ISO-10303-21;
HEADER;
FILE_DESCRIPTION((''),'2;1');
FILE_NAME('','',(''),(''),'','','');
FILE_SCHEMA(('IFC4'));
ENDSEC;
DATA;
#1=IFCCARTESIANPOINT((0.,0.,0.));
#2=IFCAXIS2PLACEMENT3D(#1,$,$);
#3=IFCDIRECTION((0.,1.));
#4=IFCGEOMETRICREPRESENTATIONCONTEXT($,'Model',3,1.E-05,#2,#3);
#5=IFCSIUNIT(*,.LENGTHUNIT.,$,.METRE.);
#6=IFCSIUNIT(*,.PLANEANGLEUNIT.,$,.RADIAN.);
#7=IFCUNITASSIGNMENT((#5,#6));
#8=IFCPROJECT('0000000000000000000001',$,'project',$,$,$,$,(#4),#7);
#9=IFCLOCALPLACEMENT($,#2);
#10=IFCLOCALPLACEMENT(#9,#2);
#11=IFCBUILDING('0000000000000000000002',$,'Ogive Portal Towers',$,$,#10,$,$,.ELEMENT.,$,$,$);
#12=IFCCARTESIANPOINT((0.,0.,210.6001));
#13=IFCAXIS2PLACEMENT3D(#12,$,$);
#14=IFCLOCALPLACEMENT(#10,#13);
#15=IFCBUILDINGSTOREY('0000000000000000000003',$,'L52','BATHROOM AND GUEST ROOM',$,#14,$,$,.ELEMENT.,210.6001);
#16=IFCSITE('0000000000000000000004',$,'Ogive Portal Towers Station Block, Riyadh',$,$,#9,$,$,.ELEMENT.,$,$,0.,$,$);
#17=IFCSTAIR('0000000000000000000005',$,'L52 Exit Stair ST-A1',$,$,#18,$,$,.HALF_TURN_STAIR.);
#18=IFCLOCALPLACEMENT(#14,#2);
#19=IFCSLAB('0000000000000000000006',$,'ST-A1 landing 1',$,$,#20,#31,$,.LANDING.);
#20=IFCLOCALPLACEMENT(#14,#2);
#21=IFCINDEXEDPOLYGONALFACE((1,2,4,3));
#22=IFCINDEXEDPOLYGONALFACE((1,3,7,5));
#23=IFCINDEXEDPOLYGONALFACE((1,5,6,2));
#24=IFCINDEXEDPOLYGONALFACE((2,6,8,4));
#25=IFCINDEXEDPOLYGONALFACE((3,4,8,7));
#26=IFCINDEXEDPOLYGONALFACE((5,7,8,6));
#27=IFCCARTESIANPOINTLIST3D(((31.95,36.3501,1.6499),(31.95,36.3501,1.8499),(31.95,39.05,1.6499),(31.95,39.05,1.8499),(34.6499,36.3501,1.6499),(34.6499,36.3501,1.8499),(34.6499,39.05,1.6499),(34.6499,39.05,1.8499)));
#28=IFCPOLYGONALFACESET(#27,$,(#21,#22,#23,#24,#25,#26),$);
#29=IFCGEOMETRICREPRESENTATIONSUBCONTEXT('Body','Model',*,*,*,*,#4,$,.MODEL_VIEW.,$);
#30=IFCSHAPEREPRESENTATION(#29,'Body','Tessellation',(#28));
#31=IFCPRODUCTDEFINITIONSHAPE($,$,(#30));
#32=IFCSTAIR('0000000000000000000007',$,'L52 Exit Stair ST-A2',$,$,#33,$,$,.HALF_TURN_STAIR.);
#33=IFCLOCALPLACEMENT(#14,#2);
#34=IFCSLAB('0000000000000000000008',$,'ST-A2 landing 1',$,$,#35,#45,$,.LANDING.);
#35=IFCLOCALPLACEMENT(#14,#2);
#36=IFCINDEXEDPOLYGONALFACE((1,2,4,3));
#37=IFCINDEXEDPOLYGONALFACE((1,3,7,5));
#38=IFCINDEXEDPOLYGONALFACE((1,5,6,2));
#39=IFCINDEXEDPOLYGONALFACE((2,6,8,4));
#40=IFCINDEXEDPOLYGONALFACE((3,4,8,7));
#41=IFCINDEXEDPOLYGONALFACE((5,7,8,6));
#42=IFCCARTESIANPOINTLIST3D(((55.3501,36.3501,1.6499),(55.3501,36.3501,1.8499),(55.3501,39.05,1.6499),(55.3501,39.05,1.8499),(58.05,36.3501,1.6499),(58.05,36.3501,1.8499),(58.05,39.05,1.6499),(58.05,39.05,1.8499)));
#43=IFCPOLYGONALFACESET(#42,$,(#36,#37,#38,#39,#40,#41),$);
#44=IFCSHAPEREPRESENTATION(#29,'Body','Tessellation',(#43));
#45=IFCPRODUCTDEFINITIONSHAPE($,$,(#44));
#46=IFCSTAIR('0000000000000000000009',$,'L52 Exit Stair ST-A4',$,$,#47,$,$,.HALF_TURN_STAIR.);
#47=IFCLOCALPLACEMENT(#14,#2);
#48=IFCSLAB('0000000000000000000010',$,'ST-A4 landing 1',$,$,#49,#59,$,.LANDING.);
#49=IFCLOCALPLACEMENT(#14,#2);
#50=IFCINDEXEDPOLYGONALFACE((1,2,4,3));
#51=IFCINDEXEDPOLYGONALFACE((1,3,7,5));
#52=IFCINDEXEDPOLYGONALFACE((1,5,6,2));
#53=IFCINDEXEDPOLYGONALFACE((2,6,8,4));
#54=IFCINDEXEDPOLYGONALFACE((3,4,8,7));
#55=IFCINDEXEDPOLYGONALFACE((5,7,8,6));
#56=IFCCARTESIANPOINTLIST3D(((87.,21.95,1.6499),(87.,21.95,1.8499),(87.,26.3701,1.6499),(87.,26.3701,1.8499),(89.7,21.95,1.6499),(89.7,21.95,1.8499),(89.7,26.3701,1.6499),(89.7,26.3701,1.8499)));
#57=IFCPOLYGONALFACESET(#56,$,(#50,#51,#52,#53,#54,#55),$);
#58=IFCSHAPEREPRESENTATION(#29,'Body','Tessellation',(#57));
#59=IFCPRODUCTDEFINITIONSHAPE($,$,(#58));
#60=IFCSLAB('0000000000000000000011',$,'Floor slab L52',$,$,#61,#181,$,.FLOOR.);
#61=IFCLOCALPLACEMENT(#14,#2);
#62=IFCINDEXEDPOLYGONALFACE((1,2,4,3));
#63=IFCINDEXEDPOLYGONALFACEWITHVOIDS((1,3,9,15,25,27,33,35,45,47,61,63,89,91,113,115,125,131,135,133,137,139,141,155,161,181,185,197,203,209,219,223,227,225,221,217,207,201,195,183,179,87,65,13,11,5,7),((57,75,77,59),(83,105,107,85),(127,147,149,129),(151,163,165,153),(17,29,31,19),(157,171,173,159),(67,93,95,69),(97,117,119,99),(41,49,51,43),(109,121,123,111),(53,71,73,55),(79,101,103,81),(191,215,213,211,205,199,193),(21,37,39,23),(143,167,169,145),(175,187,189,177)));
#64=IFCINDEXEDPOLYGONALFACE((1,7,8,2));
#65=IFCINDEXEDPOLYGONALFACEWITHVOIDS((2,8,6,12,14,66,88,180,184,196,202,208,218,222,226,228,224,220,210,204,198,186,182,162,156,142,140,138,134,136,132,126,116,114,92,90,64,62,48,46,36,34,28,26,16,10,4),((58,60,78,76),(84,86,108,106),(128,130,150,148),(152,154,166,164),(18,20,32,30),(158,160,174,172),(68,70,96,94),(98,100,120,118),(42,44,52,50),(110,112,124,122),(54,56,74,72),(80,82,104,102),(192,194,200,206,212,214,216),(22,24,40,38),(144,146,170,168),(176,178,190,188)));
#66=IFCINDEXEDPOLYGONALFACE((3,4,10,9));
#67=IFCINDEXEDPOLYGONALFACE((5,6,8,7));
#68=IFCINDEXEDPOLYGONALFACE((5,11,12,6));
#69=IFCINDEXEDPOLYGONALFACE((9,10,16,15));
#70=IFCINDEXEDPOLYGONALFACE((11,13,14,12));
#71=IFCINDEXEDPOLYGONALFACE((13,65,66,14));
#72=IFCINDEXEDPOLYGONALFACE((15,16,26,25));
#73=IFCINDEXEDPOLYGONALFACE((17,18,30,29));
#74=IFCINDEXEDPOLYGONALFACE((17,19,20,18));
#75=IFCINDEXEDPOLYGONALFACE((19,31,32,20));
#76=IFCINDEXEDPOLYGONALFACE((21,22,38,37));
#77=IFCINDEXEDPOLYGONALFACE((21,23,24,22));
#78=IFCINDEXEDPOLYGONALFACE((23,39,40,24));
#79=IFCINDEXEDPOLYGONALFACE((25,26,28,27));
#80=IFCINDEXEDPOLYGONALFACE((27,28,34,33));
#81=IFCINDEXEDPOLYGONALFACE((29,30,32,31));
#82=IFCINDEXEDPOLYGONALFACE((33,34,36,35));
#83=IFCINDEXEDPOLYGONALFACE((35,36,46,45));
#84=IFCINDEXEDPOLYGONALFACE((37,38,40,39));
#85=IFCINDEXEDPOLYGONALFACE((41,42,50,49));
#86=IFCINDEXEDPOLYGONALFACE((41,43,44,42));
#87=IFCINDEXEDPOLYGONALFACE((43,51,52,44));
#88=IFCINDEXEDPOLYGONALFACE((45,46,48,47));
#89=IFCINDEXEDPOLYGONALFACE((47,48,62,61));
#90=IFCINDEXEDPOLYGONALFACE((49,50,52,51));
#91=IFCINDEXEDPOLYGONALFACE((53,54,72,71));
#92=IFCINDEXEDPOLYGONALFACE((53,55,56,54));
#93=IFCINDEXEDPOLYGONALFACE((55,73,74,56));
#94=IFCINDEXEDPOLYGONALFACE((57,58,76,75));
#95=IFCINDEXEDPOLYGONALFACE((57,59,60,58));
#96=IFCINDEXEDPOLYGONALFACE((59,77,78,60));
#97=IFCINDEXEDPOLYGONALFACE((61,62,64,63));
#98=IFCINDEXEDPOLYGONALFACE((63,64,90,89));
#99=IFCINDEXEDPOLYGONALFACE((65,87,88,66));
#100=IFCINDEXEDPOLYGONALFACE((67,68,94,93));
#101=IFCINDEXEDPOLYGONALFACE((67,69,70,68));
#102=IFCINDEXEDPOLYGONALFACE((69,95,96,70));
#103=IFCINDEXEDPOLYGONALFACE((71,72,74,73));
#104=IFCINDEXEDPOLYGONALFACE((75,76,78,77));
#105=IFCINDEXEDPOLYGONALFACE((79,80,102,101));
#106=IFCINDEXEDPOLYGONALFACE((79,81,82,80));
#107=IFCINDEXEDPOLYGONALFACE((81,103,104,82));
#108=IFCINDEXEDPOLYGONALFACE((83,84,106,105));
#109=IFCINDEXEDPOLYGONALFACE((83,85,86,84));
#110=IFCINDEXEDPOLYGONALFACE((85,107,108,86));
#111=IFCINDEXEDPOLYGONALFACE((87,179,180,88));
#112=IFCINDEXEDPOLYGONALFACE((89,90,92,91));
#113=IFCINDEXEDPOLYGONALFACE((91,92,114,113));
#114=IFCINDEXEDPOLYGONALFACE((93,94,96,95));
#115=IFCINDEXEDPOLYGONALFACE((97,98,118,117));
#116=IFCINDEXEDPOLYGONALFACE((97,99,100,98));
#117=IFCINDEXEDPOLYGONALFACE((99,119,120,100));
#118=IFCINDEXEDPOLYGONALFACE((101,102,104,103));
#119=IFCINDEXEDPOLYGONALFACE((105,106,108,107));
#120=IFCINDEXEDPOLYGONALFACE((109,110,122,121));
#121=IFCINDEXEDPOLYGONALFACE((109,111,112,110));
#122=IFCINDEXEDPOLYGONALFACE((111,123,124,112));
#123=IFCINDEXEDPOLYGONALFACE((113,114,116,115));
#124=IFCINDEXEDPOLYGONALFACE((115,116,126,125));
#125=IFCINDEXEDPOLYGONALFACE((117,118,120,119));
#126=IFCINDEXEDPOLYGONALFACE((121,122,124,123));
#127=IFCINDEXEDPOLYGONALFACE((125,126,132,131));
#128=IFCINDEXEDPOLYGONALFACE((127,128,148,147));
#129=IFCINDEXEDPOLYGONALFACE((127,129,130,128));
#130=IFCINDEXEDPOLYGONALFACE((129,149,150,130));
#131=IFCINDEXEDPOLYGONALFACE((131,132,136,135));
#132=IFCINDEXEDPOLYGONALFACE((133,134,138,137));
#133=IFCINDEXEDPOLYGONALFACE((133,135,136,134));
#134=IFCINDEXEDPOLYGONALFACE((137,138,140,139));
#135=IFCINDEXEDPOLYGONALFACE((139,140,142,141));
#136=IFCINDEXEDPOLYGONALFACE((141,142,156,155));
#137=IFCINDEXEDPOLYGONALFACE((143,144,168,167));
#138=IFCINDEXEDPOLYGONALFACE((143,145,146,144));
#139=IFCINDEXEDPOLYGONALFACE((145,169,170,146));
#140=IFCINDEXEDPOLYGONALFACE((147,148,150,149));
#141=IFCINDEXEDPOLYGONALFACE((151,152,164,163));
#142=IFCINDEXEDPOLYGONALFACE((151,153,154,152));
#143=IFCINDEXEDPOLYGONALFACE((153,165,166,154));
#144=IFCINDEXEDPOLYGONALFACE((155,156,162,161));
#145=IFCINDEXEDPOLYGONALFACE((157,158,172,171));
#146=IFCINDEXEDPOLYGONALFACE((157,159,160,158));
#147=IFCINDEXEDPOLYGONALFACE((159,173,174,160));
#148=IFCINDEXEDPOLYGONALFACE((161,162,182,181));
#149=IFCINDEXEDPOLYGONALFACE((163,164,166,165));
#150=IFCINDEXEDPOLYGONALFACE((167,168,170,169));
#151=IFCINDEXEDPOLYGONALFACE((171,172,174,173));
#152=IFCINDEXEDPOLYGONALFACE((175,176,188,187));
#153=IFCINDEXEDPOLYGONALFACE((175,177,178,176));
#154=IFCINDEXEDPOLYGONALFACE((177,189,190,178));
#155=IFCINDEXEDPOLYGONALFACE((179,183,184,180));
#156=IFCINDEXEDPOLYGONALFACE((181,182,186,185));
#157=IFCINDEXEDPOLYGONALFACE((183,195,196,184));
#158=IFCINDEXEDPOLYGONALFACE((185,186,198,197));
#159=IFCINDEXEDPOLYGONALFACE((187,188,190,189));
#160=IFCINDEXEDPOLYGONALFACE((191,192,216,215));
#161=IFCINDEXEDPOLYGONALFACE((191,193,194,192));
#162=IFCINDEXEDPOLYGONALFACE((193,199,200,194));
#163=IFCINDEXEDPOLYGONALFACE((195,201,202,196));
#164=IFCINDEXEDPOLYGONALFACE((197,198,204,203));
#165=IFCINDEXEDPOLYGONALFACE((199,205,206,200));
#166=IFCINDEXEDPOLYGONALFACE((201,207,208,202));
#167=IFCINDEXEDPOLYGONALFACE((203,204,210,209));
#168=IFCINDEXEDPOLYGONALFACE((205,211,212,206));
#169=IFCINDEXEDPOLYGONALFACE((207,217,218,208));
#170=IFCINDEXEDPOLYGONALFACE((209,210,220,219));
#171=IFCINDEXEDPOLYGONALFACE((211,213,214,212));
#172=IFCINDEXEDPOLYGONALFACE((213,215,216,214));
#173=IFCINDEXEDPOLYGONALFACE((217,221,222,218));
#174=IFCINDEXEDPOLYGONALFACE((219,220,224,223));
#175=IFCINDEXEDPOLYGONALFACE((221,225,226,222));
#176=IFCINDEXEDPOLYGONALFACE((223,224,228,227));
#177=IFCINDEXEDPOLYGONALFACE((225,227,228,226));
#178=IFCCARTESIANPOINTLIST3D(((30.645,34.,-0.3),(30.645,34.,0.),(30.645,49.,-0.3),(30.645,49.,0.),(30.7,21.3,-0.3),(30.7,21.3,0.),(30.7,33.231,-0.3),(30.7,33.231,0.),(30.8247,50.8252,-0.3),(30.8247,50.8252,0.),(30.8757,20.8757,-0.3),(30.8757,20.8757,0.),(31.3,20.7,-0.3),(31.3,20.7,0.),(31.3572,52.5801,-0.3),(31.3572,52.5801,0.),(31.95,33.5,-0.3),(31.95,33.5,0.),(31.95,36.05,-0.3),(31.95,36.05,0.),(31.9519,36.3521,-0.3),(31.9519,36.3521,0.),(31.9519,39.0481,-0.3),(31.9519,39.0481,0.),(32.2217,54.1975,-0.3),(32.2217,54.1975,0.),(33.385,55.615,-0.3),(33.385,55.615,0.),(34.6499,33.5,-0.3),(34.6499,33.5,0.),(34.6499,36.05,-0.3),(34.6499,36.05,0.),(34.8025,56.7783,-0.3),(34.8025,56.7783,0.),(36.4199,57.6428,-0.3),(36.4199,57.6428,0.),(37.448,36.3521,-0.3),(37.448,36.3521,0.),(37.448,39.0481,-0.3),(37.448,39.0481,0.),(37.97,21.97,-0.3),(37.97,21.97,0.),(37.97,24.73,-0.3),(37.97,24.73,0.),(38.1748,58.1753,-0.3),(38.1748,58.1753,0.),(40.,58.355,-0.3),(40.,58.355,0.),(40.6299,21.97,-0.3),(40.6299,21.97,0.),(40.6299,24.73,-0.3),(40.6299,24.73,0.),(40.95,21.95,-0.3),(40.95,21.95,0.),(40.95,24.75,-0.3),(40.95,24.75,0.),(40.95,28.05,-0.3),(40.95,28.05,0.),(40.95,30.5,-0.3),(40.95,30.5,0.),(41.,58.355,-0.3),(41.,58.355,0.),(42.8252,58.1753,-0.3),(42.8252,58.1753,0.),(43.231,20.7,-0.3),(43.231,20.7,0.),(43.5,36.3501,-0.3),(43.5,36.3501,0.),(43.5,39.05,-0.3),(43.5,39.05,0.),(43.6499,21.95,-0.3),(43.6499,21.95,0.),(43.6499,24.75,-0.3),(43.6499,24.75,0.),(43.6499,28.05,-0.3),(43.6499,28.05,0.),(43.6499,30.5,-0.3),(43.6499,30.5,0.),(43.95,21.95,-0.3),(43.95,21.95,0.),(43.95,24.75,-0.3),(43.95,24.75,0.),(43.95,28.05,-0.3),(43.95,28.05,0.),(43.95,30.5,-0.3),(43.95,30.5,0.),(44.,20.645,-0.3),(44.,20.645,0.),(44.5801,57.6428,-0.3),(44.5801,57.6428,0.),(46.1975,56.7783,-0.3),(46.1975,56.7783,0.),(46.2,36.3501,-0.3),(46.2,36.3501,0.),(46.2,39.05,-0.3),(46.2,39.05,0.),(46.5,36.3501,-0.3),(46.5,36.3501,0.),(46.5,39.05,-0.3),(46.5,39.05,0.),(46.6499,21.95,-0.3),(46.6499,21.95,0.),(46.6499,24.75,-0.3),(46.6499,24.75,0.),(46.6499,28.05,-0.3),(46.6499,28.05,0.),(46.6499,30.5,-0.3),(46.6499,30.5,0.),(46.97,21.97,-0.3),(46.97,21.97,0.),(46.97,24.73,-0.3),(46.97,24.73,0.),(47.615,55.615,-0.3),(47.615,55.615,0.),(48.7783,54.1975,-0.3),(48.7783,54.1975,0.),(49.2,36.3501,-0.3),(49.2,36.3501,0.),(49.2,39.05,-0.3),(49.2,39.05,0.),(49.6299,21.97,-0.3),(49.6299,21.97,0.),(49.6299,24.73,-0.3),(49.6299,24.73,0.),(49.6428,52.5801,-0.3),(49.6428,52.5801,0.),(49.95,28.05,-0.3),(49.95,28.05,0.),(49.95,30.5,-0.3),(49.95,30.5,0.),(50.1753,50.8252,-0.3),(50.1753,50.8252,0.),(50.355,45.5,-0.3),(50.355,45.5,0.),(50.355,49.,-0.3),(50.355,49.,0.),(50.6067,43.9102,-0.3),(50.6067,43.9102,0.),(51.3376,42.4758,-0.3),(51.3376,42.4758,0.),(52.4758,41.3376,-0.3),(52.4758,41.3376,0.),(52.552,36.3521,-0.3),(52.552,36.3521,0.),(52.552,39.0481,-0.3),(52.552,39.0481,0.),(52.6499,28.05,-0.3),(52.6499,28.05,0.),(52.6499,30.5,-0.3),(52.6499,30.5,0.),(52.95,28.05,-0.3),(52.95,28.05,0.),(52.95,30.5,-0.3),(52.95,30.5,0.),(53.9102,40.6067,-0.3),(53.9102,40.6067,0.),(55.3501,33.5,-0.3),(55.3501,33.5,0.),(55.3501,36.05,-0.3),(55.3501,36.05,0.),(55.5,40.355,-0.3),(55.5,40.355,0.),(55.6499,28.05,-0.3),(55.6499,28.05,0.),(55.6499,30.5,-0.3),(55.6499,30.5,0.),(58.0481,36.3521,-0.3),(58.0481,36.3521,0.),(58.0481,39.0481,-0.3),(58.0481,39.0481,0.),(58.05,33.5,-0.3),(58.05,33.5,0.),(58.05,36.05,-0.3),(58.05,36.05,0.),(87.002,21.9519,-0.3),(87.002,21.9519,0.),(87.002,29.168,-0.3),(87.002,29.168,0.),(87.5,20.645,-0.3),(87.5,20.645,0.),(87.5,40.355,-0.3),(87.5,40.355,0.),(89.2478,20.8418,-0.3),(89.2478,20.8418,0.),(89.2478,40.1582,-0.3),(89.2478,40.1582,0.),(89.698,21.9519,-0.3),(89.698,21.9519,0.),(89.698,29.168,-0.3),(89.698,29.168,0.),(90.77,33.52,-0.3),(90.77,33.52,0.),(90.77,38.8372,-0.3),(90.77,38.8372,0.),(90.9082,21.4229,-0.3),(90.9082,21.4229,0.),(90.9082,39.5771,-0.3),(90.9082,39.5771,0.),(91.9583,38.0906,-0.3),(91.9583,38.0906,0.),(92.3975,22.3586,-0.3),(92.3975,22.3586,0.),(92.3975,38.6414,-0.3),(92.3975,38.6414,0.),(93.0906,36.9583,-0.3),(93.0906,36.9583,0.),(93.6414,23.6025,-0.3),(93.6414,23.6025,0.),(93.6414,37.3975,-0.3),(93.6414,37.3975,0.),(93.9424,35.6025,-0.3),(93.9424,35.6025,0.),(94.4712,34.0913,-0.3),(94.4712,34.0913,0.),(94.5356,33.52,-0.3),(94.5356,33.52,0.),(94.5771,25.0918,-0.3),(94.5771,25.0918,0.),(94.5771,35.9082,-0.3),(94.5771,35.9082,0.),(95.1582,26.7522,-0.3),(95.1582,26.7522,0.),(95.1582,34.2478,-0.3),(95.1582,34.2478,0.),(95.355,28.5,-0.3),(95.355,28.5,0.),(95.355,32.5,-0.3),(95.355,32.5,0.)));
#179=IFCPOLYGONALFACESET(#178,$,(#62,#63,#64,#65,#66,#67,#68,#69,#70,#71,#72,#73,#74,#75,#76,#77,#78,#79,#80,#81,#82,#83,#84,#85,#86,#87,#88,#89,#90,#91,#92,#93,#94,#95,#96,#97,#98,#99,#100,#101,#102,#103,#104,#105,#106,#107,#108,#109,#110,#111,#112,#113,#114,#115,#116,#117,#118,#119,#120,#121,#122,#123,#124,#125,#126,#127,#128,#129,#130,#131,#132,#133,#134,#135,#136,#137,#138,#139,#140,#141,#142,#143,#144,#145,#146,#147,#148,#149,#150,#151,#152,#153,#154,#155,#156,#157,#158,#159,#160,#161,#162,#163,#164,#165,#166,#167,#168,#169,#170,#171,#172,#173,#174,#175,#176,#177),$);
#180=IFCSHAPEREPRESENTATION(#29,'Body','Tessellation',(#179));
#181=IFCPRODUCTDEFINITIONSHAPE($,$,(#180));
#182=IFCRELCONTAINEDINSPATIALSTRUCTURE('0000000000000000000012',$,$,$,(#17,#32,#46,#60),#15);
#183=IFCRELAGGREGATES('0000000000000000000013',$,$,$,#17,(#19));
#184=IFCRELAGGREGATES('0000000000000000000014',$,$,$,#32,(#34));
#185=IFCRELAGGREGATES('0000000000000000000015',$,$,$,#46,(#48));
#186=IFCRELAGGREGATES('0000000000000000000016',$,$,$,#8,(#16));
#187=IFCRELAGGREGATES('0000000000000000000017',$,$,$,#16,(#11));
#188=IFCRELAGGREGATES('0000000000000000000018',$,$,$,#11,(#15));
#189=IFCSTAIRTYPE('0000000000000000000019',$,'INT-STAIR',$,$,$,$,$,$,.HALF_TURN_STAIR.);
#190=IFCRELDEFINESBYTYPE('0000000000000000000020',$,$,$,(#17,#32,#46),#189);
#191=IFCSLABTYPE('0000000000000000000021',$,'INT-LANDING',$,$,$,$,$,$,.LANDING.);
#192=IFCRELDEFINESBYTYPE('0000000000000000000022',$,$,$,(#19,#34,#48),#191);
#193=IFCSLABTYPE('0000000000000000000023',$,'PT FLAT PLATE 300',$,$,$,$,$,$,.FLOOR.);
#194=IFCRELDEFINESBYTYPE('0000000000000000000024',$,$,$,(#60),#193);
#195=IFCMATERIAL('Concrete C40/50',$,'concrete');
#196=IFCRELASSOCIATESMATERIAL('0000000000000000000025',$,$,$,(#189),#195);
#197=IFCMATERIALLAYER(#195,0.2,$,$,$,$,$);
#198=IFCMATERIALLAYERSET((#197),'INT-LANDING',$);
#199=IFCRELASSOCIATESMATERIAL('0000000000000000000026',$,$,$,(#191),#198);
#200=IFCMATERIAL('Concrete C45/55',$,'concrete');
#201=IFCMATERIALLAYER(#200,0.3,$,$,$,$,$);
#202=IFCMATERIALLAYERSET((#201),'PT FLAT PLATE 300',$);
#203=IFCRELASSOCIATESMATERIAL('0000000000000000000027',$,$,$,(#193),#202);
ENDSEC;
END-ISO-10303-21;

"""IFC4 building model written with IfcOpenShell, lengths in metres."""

from ifc_helpers import new_model, si_unit, direction, frame, origin, place, context, subcontext, project, spatial, polyline, outline, extrude, material, layer, layer_set, type_object, element, aggregate, save


model = new_model("IFC4")

# Units and contexts
model_context = context("Model", 3, precision=1e-05, world=origin(), true_north=direction((0.0, 1.0)))
body_context = subcontext(model_context, "Body", "Model", "MODEL_VIEW")
ifc_project = project(units=[si_unit("LENGTHUNIT", "METRE"), si_unit("PLANEANGLEUNIT", "RADIAN")], contexts=[model_context])

# Site, building, storey
site_placement = place(None, origin())
site = spatial("IfcSite", under=ifc_project, at=site_placement, Name="Ogive Portal Towers Station Block, Riyadh", CompositionType="ELEMENT", RefElevation=0.0)
building_placement = place(site_placement, origin())
building = spatial("IfcBuilding", under=site, at=building_placement, Name="Ogive Portal Towers", CompositionType="ELEMENT")
storey_placement = place(building_placement, frame((0.0, 0.0, 210.6001)))
storey = spatial("IfcBuildingStorey", under=building, at=storey_placement, Name="L52", Description="BATHROOM AND GUEST ROOM", CompositionType="ELEMENT", Elevation=210.6001)

# Stairs, slabs
ifc_material_1 = material(Name="Concrete C40/50", Category="concrete")
stair_type = type_object("IfcStairType", Name="INT-STAIR", PredefinedType="HALF_TURN_STAIR", material=ifc_material_1)
stair_1_placement = place(storey_placement, origin())
stair_1 = element("IfcStair", 1, at=stair_1_placement, inside=storey, type_object=stair_type, Name="L52 Exit Stair ST-A1", PredefinedType="HALF_TURN_STAIR")
ifc_layer_1 = layer(ifc_material_1, 0.2)
ifc_layer_set_1 = layer_set([ifc_layer_1], Name="INT-LANDING")
slab_type_1 = type_object("IfcSlabType", Name="INT-LANDING", PredefinedType="LANDING", material=ifc_layer_set_1)
slab_1_placement = place(storey_placement, frame((0.0, 0.0, 1.6499)))
slab_1 = element("IfcSlab", 2, at=slab_1_placement, type_object=slab_type_1, Name="ST-A1 landing 1", PredefinedType="LANDING", context=body_context, shape_type="SweptSolid", body=[
    extrude(outline(polyline([(34.6499, 39.05), (31.95, 39.05), (31.95, 36.3501), (34.6499, 36.3501), (34.6499, 39.05)])), origin(), (0.0, 0.0, 1.0), 0.2),
])
aggregate(stair_1, [slab_1])
stair_2_placement = place(storey_placement, origin())
stair_2 = element("IfcStair", 3, at=stair_2_placement, inside=storey, type_object=stair_type, Name="L52 Exit Stair ST-A2", PredefinedType="HALF_TURN_STAIR")
slab_2_placement = place(storey_placement, frame((0.0, 0.0, 1.6499)))
slab_2 = element("IfcSlab", 4, at=slab_2_placement, type_object=slab_type_1, Name="ST-A2 landing 1", PredefinedType="LANDING", context=body_context, shape_type="SweptSolid", body=[
    extrude(outline(polyline([(55.3501, 36.3501), (58.05, 36.3501), (58.05, 39.05), (55.3501, 39.05), (55.3501, 36.3501)])), origin(), (0.0, 0.0, 1.0), 0.2),
])
aggregate(stair_2, [slab_2])
stair_3_placement = place(storey_placement, origin())
stair_3 = element("IfcStair", 5, at=stair_3_placement, inside=storey, type_object=stair_type, Name="L52 Exit Stair ST-A4", PredefinedType="HALF_TURN_STAIR")
slab_3_placement = place(storey_placement, frame((0.0, 0.0, 1.6499)))
slab_3 = element("IfcSlab", 6, at=slab_3_placement, type_object=slab_type_1, Name="ST-A4 landing 1", PredefinedType="LANDING", context=body_context, shape_type="SweptSolid", body=[
    extrude(outline(polyline([(87.0, 26.3701), (87.0, 21.95), (89.7, 21.95), (89.7, 26.3701), (87.0, 26.3701)])), origin(), (0.0, 0.0, 1.0), 0.2),
])
aggregate(stair_3, [slab_3])

# Slab
ifc_material_2 = material(Name="Concrete C45/55", Category="concrete")
ifc_layer_2 = layer(ifc_material_2, 0.3)
ifc_layer_set_2 = layer_set([ifc_layer_2], Name="PT FLAT PLATE 300")
slab_type_2 = type_object("IfcSlabType", Name="PT FLAT PLATE 300", PredefinedType="FLOOR", material=ifc_layer_set_2)
slab_4_placement = place(storey_placement, frame((0.0, 0.0, -0.3)))
element("IfcSlab", 7, at=slab_4_placement, inside=storey, type_object=slab_type_2, Name="Floor slab L52", PredefinedType="FLOOR", context=body_context, shape_type="SweptSolid", body=[
    extrude(outline(polyline([(30.645, 49.0), (30.645, 34.0), (30.7, 33.231), (30.7, 21.3), (30.8757, 20.8757), (31.3, 20.7), (43.231, 20.7), (44.0, 20.645), (87.5, 20.645), (89.2478, 20.8418), (90.9082, 21.4229), (92.3975, 22.3586), (93.6414, 23.6025), (94.5771, 25.0918), (95.1582, 26.7522), (95.355, 28.5), (95.355, 32.5), (95.1582, 34.2478), (94.5771, 35.9082), (93.6414, 37.3975), (92.3975, 38.6414), (90.9082, 39.5771), (89.2478, 40.1582), (87.5, 40.355), (55.5, 40.355), (53.9102, 40.6067), (52.4758, 41.3376), (51.3376, 42.4758), (50.6067, 43.9102), (50.355, 45.5), (50.355, 49.0), (50.1753, 50.8252), (49.6428, 52.5801), (48.7783, 54.1975), (47.615, 55.615), (46.1975, 56.7783), (44.5801, 57.6428), (42.8252, 58.1753), (41.0, 58.355), (40.0, 58.355), (38.1748, 58.1753), (36.4199, 57.6428), (34.8025, 56.7783), (33.385, 55.615), (32.2217, 54.1975), (31.3572, 52.5801), (30.8247, 50.8252), (30.645, 49.0)]), holes=[polyline([(40.6299, 21.97), (37.97, 21.97), (37.97, 24.73), (40.6299, 24.73), (40.6299, 21.97)]), polyline([(43.6499, 24.75), (43.6499, 21.95), (40.95, 21.95), (40.95, 24.75), (43.6499, 24.75)]), polyline([(46.6499, 24.75), (46.6499, 21.95), (43.95, 21.95), (43.95, 24.75), (46.6499, 24.75)]), polyline([(43.6499, 30.5), (43.6499, 28.05), (40.95, 28.05), (40.95, 30.5), (43.6499, 30.5)]), polyline([(46.6499, 30.5), (46.6499, 28.05), (43.95, 28.05), (43.95, 30.5), (46.6499, 30.5)]), polyline([(34.6499, 36.05), (34.6499, 33.5), (31.95, 33.5), (31.95, 36.05), (34.6499, 36.05)]), polyline([(31.9519, 39.0481), (37.448, 39.0481), (37.448, 36.3521), (31.9519, 36.3521), (31.9519, 39.0481)]), polyline([(46.2, 39.05), (46.2, 36.3501), (43.5, 36.3501), (43.5, 39.05), (46.2, 39.05)]), polyline([(49.6299, 21.97), (46.97, 21.97), (46.97, 24.73), (49.6299, 24.73), (49.6299, 21.97)]), polyline([(87.002, 21.9519), (87.002, 29.168), (89.698, 29.168), (89.698, 21.9519), (87.002, 21.9519)]), polyline([(52.6499, 30.5), (52.6499, 28.05), (49.95, 28.05), (49.95, 30.5), (52.6499, 30.5)]), polyline([(55.6499, 30.5), (55.6499, 28.05), (52.95, 28.05), (52.95, 30.5), (55.6499, 30.5)]), polyline([(58.05, 36.05), (58.05, 33.5), (55.3501, 33.5), (55.3501, 36.05), (58.05, 36.05)]), polyline([(93.0906, 36.9583), (93.9424, 35.6025), (94.4712, 34.0913), (94.5356, 33.52), (90.77, 33.52), (90.77, 38.8372), (91.9583, 38.0906), (93.0906, 36.9583)]), polyline([(49.2, 39.05), (49.2, 36.3501), (46.5, 36.3501), (46.5, 39.05), (49.2, 39.05)]), polyline([(58.0481, 36.3521), (52.552, 36.3521), (52.552, 39.0481), (58.0481, 39.0481), (58.0481, 36.3521)])]), origin(), (0.0, 0.0, 1.0), 0.3),
])

save(model, "model.ifc")
